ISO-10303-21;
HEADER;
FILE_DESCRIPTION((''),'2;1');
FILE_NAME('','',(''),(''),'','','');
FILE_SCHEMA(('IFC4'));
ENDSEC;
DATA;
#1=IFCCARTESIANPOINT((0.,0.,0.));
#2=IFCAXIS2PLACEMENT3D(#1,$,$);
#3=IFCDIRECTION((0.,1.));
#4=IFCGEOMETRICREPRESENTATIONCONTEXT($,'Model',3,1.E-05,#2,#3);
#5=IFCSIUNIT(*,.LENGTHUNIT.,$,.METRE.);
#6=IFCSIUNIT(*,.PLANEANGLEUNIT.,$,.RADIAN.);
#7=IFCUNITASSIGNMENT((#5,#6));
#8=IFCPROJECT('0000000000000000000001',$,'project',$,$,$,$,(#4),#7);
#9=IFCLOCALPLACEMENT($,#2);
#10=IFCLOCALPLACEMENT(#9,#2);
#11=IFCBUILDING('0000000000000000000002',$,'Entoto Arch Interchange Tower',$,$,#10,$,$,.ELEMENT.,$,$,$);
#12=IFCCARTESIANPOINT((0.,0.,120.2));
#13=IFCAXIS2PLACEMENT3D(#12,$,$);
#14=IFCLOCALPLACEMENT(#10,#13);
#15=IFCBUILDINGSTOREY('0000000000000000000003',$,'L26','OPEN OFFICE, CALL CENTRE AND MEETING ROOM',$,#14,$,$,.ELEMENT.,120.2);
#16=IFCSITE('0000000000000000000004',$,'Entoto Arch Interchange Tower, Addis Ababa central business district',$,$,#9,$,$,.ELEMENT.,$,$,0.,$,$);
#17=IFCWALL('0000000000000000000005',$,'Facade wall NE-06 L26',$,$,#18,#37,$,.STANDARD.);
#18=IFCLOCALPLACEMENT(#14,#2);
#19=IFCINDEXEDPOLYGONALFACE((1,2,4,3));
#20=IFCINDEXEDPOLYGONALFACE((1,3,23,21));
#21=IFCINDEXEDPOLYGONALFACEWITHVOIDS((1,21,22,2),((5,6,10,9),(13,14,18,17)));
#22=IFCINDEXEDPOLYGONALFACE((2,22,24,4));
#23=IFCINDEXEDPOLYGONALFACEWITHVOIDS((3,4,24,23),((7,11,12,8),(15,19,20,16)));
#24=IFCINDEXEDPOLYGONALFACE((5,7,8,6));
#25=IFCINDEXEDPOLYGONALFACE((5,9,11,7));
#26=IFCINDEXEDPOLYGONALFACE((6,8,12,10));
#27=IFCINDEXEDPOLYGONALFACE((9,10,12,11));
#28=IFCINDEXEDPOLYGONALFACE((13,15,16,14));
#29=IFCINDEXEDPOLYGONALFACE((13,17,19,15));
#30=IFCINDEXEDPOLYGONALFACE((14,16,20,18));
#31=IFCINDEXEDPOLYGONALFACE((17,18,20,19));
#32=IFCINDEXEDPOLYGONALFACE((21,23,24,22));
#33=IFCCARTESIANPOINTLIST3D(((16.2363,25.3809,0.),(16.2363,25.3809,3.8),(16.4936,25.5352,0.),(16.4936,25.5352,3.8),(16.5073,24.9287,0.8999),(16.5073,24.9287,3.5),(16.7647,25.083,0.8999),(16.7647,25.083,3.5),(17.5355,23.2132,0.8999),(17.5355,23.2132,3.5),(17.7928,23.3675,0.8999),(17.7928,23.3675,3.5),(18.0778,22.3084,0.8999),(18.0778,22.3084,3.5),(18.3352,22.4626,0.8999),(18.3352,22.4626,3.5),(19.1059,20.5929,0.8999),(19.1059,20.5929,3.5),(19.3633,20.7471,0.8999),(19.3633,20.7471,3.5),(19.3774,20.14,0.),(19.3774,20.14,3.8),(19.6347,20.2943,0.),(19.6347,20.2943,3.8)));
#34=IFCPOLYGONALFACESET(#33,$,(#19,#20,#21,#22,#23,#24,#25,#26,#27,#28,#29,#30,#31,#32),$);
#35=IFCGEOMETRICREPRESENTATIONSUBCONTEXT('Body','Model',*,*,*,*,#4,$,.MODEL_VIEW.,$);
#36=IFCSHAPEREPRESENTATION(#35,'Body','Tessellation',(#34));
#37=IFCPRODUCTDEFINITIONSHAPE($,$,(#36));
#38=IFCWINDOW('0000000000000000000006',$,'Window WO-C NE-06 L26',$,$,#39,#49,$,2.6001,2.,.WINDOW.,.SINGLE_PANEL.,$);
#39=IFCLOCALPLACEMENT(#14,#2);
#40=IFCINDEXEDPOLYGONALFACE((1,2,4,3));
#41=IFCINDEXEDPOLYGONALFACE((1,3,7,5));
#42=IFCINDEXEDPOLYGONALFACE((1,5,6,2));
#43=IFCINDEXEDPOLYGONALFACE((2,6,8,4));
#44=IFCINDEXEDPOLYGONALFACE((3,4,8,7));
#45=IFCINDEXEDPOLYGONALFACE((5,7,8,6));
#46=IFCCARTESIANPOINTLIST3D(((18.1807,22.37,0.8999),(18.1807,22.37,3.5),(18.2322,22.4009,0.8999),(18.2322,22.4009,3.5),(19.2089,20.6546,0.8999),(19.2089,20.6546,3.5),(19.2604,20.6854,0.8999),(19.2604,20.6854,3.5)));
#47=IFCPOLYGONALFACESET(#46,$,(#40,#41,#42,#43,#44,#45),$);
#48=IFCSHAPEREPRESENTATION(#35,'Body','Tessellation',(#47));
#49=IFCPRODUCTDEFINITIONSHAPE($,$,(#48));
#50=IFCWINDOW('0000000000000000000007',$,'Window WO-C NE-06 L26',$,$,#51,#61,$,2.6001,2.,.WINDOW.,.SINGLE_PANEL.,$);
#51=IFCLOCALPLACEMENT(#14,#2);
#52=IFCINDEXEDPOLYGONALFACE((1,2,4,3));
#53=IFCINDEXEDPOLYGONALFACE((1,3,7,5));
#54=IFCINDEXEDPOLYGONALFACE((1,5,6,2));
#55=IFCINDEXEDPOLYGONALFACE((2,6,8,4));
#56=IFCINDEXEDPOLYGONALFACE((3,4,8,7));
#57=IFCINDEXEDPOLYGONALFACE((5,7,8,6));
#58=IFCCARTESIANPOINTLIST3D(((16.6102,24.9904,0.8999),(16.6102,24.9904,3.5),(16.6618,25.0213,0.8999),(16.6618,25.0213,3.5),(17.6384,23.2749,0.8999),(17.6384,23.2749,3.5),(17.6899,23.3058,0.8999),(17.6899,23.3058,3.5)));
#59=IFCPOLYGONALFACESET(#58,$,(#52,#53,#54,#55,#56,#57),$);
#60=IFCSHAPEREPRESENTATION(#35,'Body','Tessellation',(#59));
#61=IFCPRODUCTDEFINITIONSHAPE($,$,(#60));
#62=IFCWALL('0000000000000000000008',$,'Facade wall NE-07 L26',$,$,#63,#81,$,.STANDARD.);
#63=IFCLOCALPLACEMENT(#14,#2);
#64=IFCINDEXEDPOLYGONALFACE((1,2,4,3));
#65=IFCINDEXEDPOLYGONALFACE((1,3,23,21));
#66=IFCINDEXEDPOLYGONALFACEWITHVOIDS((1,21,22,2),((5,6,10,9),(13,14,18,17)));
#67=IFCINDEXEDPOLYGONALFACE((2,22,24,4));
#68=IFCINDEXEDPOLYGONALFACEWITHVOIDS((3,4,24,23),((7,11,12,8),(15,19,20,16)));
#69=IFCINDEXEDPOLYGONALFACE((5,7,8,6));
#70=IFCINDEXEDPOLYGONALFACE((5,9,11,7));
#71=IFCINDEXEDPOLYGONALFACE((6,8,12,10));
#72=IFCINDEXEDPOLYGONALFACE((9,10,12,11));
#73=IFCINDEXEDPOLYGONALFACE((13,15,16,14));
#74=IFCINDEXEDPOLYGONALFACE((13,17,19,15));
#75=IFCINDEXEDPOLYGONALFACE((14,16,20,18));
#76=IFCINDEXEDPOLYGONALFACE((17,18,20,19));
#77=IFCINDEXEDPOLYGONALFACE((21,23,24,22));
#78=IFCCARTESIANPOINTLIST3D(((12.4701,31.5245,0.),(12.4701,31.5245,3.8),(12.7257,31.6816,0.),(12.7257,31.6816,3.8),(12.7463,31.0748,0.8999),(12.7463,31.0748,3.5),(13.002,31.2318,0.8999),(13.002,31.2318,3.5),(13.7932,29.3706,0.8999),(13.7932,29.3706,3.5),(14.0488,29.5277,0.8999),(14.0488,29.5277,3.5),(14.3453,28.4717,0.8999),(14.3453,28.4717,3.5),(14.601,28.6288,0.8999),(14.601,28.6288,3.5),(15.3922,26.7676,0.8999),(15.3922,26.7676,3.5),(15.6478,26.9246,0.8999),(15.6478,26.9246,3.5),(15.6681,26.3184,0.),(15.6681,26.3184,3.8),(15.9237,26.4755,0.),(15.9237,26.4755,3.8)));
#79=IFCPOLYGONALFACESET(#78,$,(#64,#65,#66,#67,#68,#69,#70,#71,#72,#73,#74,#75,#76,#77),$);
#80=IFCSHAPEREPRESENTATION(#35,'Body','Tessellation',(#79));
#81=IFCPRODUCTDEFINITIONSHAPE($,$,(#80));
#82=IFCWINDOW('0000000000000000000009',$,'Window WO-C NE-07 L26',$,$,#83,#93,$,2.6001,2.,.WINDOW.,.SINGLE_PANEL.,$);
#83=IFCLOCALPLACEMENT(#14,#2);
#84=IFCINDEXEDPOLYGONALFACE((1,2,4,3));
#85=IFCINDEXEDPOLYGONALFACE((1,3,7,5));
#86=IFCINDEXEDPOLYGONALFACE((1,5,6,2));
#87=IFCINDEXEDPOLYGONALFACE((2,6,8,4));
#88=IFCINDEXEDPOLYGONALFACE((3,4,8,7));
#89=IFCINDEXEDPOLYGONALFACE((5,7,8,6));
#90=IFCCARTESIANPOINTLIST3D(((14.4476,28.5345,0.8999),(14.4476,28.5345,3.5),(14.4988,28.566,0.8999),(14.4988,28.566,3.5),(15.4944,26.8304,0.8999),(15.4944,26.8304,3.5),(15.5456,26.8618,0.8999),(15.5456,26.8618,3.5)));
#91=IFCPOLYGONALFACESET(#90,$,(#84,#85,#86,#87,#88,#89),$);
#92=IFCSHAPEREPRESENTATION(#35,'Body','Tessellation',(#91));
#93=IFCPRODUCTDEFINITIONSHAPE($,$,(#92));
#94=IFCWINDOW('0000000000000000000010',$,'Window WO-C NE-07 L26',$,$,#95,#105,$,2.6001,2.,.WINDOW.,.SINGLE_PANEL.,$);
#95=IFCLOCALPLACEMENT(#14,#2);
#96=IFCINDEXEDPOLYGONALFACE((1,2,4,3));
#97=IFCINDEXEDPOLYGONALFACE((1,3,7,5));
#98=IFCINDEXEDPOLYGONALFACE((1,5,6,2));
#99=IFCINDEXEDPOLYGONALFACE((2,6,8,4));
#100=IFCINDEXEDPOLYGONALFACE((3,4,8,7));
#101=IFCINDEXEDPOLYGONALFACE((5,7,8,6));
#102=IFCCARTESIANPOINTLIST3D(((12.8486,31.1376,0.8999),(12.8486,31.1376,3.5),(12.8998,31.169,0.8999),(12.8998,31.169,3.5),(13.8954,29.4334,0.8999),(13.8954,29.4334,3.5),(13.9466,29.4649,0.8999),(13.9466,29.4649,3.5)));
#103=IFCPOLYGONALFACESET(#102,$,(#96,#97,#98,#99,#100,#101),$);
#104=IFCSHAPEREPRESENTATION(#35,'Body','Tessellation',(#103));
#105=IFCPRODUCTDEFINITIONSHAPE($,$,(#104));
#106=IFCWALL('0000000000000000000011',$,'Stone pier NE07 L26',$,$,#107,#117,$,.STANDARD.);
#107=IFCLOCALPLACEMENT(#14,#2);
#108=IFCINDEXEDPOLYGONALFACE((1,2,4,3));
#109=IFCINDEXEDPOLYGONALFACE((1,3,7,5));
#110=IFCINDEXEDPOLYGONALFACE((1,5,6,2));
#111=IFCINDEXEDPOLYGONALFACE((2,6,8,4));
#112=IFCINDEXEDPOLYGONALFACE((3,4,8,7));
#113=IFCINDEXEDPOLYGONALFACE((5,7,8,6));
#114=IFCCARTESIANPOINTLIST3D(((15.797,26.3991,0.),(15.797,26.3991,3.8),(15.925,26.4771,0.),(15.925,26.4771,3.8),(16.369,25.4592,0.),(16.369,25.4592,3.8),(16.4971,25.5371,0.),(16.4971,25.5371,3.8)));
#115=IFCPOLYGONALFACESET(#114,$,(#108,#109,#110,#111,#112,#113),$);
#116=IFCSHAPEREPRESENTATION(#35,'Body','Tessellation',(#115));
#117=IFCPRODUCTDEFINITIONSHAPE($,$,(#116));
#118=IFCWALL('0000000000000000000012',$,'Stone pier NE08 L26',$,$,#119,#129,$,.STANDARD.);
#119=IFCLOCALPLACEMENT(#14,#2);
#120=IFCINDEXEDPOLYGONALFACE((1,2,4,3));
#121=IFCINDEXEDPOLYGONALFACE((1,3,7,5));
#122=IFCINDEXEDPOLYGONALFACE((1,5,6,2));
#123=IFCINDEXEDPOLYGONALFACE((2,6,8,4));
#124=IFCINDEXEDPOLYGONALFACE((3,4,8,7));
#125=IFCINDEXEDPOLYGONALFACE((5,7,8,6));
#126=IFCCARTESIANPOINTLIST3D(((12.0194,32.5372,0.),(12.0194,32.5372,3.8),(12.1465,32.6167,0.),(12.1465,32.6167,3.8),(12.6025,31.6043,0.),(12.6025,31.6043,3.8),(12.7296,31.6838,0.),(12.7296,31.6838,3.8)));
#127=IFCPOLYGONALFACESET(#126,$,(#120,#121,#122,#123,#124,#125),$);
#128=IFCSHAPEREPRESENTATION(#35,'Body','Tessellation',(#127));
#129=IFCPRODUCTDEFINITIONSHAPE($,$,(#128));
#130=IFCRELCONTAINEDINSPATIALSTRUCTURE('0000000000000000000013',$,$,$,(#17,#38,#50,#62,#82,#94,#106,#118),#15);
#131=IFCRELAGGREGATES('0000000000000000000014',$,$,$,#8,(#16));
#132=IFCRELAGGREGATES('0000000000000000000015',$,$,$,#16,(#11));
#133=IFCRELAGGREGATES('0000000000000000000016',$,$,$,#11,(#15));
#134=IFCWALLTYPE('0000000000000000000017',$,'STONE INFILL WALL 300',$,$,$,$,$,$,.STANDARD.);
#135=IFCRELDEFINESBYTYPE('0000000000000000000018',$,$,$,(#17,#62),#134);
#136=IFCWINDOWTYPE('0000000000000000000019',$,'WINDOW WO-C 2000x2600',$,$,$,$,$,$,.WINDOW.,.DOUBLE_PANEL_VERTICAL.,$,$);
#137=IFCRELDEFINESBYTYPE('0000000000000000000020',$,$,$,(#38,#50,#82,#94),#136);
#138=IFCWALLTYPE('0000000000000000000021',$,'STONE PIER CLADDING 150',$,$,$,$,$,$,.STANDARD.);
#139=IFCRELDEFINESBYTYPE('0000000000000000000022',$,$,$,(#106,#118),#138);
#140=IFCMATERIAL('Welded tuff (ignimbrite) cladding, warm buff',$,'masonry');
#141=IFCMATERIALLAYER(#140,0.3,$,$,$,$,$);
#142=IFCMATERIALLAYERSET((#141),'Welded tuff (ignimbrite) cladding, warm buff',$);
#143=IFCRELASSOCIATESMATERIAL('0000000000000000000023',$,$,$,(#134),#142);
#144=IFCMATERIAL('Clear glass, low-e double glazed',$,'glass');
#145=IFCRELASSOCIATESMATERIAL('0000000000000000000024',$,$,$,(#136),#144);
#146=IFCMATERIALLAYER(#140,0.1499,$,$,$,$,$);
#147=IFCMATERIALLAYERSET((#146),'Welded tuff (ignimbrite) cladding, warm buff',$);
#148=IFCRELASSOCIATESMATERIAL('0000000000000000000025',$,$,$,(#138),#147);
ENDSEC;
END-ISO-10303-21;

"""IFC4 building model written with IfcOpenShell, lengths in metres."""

from ifc_helpers import new_model, si_unit, direction, frame, frame_2d, origin, place, context, subcontext, project, spatial, rectangle, extrude, material, layer, layer_set, type_object, element, fill, save


model = new_model("IFC4")

# Units and contexts
model_context = context("Model", 3, precision=1e-05, world=origin(), true_north=direction((0.0, 1.0)))
body_context = subcontext(model_context, "Body", "Model", "MODEL_VIEW")
ifc_project = project(units=[si_unit("LENGTHUNIT", "METRE"), si_unit("PLANEANGLEUNIT", "RADIAN")], contexts=[model_context])

# Site, building, storey
site_placement = place(None, origin())
site = spatial("IfcSite", under=ifc_project, at=site_placement, Name="Entoto Arch Interchange Tower, Addis Ababa central business district", CompositionType="ELEMENT", RefElevation=0.0)
building_placement = place(site_placement, origin())
building = spatial("IfcBuilding", under=site, at=building_placement, Name="Entoto Arch Interchange Tower", CompositionType="ELEMENT")
storey_placement = place(building_placement, frame((0.0, 0.0, 120.2)))
storey = spatial("IfcBuildingStorey", under=building, at=storey_placement, Name="L26", Description="OPEN OFFICE, CALL CENTRE AND MEETING ROOM", CompositionType="ELEMENT", Elevation=120.2)

# Walls, openings, windows
ifc_material_1 = material(Name="Welded tuff (ignimbrite) cladding, warm buff", Category="masonry")
ifc_layer_1 = layer(ifc_material_1, 0.3)
ifc_layer_set_1 = layer_set([ifc_layer_1], Name="Welded tuff (ignimbrite) cladding, warm buff")
wall_type_1 = type_object("IfcWallType", Name="STONE INFILL WALL 300", PredefinedType="STANDARD", material=ifc_layer_set_1)
wall_1_placement = place(storey_placement, frame((19.5061, 20.217, 0.0), z_axis=(0.0, 0.0, 1.0), x_axis=(-0.514079, 0.857743, 0.0)))
wall_1 = element("IfcWall", 1, at=wall_1_placement, inside=storey, type_object=wall_type_1, Name="Facade wall NE-06 L26", PredefinedType="STANDARD", context=body_context, shape_type="SweptSolid", body=[
    extrude(rectangle(XDim=6.1101, YDim=0.3, at=frame_2d((3.0552, 0.0))), origin(), (0.0, 0.0, 1.0), 3.8),
])
opening_1_placement = place(wall_1_placement, frame((0.5281, 0.0, 0.8999)))
opening_1 = element("IfcOpeningElement", 2, at=opening_1_placement, cuts=wall_1, PredefinedType="OPENING", context=body_context, shape_type="SweptSolid", body=[
    extrude(rectangle(XDim=2.0, YDim=2.6001, at=frame_2d((1.0, 1.3))), frame((0.0, 0.1602, 0.0), z_axis=(0.0, -1.0, 0.0), x_axis=(1.0, 0.0, 0.0)), (0.0, 0.0, 1.0), 0.3201),
])
opening_2_placement = place(wall_1_placement, frame((3.583, 0.0, 0.8999)))
opening_2 = element("IfcOpeningElement", 3, at=opening_2_placement, cuts=wall_1, PredefinedType="OPENING", context=body_context, shape_type="SweptSolid", body=[
    extrude(rectangle(XDim=2.0, YDim=2.6001, at=frame_2d((1.0, 1.3))), frame((0.0, 0.1602, 0.0), z_axis=(0.0, -1.0, 0.0), x_axis=(1.0, 0.0, 0.0)), (0.0, 0.0, 1.0), 0.3201),
])
ifc_material_2 = material(Name="Clear glass, low-e double glazed", Category="glass")
window_type = type_object("IfcWindowType", Name="WINDOW WO-C 2000x2600", PartitioningType="DOUBLE_PANEL_VERTICAL", PredefinedType="WINDOW", material=ifc_material_2)
window_1_placement = place(opening_1_placement, origin())
window_1 = element("IfcWindow", 4, at=window_1_placement, inside=storey, type_object=window_type, Name="Window WO-C NE-06 L26", OverallHeight=2.6001, OverallWidth=2.0, PartitioningType="SINGLE_PANEL", PredefinedType="WINDOW", context=body_context, shape_type="SweptSolid", body=[
    extrude(rectangle(XDim=2.0, YDim=2.6001, at=frame_2d((1.0, 1.3))), frame((0.0, 0.03, 0.0), z_axis=(0.0, -1.0, 0.0), x_axis=(1.0, 0.0, 0.0)), (0.0, 0.0, 1.0), 0.0601),
])
fill(opening_1, window_1)
window_2_placement = place(opening_2_placement, origin())
window_2 = element("IfcWindow", 5, at=window_2_placement, inside=storey, type_object=window_type, Name="Window WO-C NE-06 L26", OverallHeight=2.6001, OverallWidth=2.0, PartitioningType="SINGLE_PANEL", PredefinedType="WINDOW", context=body_context, shape_type="SweptSolid", body=[
    extrude(rectangle(XDim=2.0, YDim=2.6001, at=frame_2d((1.0, 1.3))), frame((0.0, 0.03, 0.0), z_axis=(0.0, -1.0, 0.0), x_axis=(1.0, 0.0, 0.0)), (0.0, 0.0, 1.0), 0.0601),
])
fill(opening_2, window_2)
wall_2_placement = place(storey_placement, frame((15.7959, 26.397, 0.0), z_axis=(0.0, 0.0, 1.0), x_axis=(-0.523417, 0.852076, 0.0)))
wall_2 = element("IfcWall", 6, at=wall_2_placement, inside=storey, type_object=wall_type_1, Name="Facade wall NE-07 L26", PredefinedType="STANDARD", context=body_context, shape_type="SweptSolid", body=[
    extrude(rectangle(XDim=6.1099, YDim=0.3, at=frame_2d((3.0549, 0.0))), origin(), (0.0, 0.0, 1.0), 3.8),
])
opening_3_placement = place(wall_2_placement, frame((0.5271, 0.0, 0.8999)))
opening_3 = element("IfcOpeningElement", 7, at=opening_3_placement, cuts=wall_2, PredefinedType="OPENING", context=body_context, shape_type="SweptSolid", body=[
    extrude(rectangle(XDim=2.0, YDim=2.6001, at=frame_2d((1.0, 1.3))), frame((0.0, 0.1602, 0.0), z_axis=(0.0, -1.0, 0.0), x_axis=(1.0, 0.0, 0.0)), (0.0, 0.0, 1.0), 0.3201),
])
opening_4_placement = place(wall_2_placement, frame((3.582, 0.0, 0.8999)))
opening_4 = element("IfcOpeningElement", 8, at=opening_4_placement, cuts=wall_2, PredefinedType="OPENING", context=body_context, shape_type="SweptSolid", body=[
    extrude(rectangle(XDim=2.0, YDim=2.6001, at=frame_2d((1.0, 1.3))), frame((0.0, 0.1602, 0.0), z_axis=(0.0, -1.0, 0.0), x_axis=(1.0, 0.0, 0.0)), (0.0, 0.0, 1.0), 0.3201),
])
window_3_placement = place(opening_3_placement, origin())
window_3 = element("IfcWindow", 9, at=window_3_placement, inside=storey, type_object=window_type, Name="Window WO-C NE-07 L26", OverallHeight=2.6001, OverallWidth=2.0, PartitioningType="SINGLE_PANEL", PredefinedType="WINDOW", context=body_context, shape_type="SweptSolid", body=[
    extrude(rectangle(XDim=2.0, YDim=2.6001, at=frame_2d((1.0, 1.3))), frame((0.0, 0.03, 0.0), z_axis=(0.0, -1.0, 0.0), x_axis=(1.0, 0.0, 0.0)), (0.0, 0.0, 1.0), 0.0601),
])
fill(opening_3, window_3)
window_4_placement = place(opening_4_placement, origin())
window_4 = element("IfcWindow", 10, at=window_4_placement, inside=storey, type_object=window_type, Name="Window WO-C NE-07 L26", OverallHeight=2.6001, OverallWidth=2.0, PartitioningType="SINGLE_PANEL", PredefinedType="WINDOW", context=body_context, shape_type="SweptSolid", body=[
    extrude(rectangle(XDim=2.0, YDim=2.6001, at=frame_2d((1.0, 1.3))), frame((0.0, 0.03, 0.0), z_axis=(0.0, -1.0, 0.0), x_axis=(1.0, 0.0, 0.0)), (0.0, 0.0, 1.0), 0.0601),
])
fill(opening_4, window_4)

# Walls
ifc_layer_2 = layer(ifc_material_1, 0.1499)
ifc_layer_set_2 = layer_set([ifc_layer_2], Name="Welded tuff (ignimbrite) cladding, warm buff")
wall_type_2 = type_object("IfcWallType", Name="STONE PIER CLADDING 150", PredefinedType="STANDARD", material=ifc_layer_set_2)
wall_3_placement = place(storey_placement, frame((16.4331, 25.498, 0.0), z_axis=(0.0, 0.0, 1.0), x_axis=(-0.51987, 0.854246, 0.0)))
element("IfcWall", 11, at=wall_3_placement, inside=storey, type_object=wall_type_2, Name="Stone pier NE07 L26", PredefinedType="STANDARD", context=body_context, shape_type="SweptSolid", body=[
    extrude(rectangle(XDim=1.1003, YDim=0.1499, at=frame_2d((0.5503, 0.0))), origin(), (0.0, 0.0, 1.0), 3.8),
])
wall_4_placement = place(storey_placement, frame((12.666, 31.644, 0.0), z_axis=(0.0, 0.0, 1.0), x_axis=(-0.529979, 0.848011, 0.0)))
element("IfcWall", 12, at=wall_4_placement, inside=storey, type_object=wall_type_2, Name="Stone pier NE08 L26", PredefinedType="STANDARD", context=body_context, shape_type="SweptSolid", body=[
    extrude(rectangle(XDim=1.1001, YDim=0.1499, at=frame_2d((0.55, 0.0))), origin(), (0.0, 0.0, 1.0), 3.8),
])

save(model, "model.ifc")
